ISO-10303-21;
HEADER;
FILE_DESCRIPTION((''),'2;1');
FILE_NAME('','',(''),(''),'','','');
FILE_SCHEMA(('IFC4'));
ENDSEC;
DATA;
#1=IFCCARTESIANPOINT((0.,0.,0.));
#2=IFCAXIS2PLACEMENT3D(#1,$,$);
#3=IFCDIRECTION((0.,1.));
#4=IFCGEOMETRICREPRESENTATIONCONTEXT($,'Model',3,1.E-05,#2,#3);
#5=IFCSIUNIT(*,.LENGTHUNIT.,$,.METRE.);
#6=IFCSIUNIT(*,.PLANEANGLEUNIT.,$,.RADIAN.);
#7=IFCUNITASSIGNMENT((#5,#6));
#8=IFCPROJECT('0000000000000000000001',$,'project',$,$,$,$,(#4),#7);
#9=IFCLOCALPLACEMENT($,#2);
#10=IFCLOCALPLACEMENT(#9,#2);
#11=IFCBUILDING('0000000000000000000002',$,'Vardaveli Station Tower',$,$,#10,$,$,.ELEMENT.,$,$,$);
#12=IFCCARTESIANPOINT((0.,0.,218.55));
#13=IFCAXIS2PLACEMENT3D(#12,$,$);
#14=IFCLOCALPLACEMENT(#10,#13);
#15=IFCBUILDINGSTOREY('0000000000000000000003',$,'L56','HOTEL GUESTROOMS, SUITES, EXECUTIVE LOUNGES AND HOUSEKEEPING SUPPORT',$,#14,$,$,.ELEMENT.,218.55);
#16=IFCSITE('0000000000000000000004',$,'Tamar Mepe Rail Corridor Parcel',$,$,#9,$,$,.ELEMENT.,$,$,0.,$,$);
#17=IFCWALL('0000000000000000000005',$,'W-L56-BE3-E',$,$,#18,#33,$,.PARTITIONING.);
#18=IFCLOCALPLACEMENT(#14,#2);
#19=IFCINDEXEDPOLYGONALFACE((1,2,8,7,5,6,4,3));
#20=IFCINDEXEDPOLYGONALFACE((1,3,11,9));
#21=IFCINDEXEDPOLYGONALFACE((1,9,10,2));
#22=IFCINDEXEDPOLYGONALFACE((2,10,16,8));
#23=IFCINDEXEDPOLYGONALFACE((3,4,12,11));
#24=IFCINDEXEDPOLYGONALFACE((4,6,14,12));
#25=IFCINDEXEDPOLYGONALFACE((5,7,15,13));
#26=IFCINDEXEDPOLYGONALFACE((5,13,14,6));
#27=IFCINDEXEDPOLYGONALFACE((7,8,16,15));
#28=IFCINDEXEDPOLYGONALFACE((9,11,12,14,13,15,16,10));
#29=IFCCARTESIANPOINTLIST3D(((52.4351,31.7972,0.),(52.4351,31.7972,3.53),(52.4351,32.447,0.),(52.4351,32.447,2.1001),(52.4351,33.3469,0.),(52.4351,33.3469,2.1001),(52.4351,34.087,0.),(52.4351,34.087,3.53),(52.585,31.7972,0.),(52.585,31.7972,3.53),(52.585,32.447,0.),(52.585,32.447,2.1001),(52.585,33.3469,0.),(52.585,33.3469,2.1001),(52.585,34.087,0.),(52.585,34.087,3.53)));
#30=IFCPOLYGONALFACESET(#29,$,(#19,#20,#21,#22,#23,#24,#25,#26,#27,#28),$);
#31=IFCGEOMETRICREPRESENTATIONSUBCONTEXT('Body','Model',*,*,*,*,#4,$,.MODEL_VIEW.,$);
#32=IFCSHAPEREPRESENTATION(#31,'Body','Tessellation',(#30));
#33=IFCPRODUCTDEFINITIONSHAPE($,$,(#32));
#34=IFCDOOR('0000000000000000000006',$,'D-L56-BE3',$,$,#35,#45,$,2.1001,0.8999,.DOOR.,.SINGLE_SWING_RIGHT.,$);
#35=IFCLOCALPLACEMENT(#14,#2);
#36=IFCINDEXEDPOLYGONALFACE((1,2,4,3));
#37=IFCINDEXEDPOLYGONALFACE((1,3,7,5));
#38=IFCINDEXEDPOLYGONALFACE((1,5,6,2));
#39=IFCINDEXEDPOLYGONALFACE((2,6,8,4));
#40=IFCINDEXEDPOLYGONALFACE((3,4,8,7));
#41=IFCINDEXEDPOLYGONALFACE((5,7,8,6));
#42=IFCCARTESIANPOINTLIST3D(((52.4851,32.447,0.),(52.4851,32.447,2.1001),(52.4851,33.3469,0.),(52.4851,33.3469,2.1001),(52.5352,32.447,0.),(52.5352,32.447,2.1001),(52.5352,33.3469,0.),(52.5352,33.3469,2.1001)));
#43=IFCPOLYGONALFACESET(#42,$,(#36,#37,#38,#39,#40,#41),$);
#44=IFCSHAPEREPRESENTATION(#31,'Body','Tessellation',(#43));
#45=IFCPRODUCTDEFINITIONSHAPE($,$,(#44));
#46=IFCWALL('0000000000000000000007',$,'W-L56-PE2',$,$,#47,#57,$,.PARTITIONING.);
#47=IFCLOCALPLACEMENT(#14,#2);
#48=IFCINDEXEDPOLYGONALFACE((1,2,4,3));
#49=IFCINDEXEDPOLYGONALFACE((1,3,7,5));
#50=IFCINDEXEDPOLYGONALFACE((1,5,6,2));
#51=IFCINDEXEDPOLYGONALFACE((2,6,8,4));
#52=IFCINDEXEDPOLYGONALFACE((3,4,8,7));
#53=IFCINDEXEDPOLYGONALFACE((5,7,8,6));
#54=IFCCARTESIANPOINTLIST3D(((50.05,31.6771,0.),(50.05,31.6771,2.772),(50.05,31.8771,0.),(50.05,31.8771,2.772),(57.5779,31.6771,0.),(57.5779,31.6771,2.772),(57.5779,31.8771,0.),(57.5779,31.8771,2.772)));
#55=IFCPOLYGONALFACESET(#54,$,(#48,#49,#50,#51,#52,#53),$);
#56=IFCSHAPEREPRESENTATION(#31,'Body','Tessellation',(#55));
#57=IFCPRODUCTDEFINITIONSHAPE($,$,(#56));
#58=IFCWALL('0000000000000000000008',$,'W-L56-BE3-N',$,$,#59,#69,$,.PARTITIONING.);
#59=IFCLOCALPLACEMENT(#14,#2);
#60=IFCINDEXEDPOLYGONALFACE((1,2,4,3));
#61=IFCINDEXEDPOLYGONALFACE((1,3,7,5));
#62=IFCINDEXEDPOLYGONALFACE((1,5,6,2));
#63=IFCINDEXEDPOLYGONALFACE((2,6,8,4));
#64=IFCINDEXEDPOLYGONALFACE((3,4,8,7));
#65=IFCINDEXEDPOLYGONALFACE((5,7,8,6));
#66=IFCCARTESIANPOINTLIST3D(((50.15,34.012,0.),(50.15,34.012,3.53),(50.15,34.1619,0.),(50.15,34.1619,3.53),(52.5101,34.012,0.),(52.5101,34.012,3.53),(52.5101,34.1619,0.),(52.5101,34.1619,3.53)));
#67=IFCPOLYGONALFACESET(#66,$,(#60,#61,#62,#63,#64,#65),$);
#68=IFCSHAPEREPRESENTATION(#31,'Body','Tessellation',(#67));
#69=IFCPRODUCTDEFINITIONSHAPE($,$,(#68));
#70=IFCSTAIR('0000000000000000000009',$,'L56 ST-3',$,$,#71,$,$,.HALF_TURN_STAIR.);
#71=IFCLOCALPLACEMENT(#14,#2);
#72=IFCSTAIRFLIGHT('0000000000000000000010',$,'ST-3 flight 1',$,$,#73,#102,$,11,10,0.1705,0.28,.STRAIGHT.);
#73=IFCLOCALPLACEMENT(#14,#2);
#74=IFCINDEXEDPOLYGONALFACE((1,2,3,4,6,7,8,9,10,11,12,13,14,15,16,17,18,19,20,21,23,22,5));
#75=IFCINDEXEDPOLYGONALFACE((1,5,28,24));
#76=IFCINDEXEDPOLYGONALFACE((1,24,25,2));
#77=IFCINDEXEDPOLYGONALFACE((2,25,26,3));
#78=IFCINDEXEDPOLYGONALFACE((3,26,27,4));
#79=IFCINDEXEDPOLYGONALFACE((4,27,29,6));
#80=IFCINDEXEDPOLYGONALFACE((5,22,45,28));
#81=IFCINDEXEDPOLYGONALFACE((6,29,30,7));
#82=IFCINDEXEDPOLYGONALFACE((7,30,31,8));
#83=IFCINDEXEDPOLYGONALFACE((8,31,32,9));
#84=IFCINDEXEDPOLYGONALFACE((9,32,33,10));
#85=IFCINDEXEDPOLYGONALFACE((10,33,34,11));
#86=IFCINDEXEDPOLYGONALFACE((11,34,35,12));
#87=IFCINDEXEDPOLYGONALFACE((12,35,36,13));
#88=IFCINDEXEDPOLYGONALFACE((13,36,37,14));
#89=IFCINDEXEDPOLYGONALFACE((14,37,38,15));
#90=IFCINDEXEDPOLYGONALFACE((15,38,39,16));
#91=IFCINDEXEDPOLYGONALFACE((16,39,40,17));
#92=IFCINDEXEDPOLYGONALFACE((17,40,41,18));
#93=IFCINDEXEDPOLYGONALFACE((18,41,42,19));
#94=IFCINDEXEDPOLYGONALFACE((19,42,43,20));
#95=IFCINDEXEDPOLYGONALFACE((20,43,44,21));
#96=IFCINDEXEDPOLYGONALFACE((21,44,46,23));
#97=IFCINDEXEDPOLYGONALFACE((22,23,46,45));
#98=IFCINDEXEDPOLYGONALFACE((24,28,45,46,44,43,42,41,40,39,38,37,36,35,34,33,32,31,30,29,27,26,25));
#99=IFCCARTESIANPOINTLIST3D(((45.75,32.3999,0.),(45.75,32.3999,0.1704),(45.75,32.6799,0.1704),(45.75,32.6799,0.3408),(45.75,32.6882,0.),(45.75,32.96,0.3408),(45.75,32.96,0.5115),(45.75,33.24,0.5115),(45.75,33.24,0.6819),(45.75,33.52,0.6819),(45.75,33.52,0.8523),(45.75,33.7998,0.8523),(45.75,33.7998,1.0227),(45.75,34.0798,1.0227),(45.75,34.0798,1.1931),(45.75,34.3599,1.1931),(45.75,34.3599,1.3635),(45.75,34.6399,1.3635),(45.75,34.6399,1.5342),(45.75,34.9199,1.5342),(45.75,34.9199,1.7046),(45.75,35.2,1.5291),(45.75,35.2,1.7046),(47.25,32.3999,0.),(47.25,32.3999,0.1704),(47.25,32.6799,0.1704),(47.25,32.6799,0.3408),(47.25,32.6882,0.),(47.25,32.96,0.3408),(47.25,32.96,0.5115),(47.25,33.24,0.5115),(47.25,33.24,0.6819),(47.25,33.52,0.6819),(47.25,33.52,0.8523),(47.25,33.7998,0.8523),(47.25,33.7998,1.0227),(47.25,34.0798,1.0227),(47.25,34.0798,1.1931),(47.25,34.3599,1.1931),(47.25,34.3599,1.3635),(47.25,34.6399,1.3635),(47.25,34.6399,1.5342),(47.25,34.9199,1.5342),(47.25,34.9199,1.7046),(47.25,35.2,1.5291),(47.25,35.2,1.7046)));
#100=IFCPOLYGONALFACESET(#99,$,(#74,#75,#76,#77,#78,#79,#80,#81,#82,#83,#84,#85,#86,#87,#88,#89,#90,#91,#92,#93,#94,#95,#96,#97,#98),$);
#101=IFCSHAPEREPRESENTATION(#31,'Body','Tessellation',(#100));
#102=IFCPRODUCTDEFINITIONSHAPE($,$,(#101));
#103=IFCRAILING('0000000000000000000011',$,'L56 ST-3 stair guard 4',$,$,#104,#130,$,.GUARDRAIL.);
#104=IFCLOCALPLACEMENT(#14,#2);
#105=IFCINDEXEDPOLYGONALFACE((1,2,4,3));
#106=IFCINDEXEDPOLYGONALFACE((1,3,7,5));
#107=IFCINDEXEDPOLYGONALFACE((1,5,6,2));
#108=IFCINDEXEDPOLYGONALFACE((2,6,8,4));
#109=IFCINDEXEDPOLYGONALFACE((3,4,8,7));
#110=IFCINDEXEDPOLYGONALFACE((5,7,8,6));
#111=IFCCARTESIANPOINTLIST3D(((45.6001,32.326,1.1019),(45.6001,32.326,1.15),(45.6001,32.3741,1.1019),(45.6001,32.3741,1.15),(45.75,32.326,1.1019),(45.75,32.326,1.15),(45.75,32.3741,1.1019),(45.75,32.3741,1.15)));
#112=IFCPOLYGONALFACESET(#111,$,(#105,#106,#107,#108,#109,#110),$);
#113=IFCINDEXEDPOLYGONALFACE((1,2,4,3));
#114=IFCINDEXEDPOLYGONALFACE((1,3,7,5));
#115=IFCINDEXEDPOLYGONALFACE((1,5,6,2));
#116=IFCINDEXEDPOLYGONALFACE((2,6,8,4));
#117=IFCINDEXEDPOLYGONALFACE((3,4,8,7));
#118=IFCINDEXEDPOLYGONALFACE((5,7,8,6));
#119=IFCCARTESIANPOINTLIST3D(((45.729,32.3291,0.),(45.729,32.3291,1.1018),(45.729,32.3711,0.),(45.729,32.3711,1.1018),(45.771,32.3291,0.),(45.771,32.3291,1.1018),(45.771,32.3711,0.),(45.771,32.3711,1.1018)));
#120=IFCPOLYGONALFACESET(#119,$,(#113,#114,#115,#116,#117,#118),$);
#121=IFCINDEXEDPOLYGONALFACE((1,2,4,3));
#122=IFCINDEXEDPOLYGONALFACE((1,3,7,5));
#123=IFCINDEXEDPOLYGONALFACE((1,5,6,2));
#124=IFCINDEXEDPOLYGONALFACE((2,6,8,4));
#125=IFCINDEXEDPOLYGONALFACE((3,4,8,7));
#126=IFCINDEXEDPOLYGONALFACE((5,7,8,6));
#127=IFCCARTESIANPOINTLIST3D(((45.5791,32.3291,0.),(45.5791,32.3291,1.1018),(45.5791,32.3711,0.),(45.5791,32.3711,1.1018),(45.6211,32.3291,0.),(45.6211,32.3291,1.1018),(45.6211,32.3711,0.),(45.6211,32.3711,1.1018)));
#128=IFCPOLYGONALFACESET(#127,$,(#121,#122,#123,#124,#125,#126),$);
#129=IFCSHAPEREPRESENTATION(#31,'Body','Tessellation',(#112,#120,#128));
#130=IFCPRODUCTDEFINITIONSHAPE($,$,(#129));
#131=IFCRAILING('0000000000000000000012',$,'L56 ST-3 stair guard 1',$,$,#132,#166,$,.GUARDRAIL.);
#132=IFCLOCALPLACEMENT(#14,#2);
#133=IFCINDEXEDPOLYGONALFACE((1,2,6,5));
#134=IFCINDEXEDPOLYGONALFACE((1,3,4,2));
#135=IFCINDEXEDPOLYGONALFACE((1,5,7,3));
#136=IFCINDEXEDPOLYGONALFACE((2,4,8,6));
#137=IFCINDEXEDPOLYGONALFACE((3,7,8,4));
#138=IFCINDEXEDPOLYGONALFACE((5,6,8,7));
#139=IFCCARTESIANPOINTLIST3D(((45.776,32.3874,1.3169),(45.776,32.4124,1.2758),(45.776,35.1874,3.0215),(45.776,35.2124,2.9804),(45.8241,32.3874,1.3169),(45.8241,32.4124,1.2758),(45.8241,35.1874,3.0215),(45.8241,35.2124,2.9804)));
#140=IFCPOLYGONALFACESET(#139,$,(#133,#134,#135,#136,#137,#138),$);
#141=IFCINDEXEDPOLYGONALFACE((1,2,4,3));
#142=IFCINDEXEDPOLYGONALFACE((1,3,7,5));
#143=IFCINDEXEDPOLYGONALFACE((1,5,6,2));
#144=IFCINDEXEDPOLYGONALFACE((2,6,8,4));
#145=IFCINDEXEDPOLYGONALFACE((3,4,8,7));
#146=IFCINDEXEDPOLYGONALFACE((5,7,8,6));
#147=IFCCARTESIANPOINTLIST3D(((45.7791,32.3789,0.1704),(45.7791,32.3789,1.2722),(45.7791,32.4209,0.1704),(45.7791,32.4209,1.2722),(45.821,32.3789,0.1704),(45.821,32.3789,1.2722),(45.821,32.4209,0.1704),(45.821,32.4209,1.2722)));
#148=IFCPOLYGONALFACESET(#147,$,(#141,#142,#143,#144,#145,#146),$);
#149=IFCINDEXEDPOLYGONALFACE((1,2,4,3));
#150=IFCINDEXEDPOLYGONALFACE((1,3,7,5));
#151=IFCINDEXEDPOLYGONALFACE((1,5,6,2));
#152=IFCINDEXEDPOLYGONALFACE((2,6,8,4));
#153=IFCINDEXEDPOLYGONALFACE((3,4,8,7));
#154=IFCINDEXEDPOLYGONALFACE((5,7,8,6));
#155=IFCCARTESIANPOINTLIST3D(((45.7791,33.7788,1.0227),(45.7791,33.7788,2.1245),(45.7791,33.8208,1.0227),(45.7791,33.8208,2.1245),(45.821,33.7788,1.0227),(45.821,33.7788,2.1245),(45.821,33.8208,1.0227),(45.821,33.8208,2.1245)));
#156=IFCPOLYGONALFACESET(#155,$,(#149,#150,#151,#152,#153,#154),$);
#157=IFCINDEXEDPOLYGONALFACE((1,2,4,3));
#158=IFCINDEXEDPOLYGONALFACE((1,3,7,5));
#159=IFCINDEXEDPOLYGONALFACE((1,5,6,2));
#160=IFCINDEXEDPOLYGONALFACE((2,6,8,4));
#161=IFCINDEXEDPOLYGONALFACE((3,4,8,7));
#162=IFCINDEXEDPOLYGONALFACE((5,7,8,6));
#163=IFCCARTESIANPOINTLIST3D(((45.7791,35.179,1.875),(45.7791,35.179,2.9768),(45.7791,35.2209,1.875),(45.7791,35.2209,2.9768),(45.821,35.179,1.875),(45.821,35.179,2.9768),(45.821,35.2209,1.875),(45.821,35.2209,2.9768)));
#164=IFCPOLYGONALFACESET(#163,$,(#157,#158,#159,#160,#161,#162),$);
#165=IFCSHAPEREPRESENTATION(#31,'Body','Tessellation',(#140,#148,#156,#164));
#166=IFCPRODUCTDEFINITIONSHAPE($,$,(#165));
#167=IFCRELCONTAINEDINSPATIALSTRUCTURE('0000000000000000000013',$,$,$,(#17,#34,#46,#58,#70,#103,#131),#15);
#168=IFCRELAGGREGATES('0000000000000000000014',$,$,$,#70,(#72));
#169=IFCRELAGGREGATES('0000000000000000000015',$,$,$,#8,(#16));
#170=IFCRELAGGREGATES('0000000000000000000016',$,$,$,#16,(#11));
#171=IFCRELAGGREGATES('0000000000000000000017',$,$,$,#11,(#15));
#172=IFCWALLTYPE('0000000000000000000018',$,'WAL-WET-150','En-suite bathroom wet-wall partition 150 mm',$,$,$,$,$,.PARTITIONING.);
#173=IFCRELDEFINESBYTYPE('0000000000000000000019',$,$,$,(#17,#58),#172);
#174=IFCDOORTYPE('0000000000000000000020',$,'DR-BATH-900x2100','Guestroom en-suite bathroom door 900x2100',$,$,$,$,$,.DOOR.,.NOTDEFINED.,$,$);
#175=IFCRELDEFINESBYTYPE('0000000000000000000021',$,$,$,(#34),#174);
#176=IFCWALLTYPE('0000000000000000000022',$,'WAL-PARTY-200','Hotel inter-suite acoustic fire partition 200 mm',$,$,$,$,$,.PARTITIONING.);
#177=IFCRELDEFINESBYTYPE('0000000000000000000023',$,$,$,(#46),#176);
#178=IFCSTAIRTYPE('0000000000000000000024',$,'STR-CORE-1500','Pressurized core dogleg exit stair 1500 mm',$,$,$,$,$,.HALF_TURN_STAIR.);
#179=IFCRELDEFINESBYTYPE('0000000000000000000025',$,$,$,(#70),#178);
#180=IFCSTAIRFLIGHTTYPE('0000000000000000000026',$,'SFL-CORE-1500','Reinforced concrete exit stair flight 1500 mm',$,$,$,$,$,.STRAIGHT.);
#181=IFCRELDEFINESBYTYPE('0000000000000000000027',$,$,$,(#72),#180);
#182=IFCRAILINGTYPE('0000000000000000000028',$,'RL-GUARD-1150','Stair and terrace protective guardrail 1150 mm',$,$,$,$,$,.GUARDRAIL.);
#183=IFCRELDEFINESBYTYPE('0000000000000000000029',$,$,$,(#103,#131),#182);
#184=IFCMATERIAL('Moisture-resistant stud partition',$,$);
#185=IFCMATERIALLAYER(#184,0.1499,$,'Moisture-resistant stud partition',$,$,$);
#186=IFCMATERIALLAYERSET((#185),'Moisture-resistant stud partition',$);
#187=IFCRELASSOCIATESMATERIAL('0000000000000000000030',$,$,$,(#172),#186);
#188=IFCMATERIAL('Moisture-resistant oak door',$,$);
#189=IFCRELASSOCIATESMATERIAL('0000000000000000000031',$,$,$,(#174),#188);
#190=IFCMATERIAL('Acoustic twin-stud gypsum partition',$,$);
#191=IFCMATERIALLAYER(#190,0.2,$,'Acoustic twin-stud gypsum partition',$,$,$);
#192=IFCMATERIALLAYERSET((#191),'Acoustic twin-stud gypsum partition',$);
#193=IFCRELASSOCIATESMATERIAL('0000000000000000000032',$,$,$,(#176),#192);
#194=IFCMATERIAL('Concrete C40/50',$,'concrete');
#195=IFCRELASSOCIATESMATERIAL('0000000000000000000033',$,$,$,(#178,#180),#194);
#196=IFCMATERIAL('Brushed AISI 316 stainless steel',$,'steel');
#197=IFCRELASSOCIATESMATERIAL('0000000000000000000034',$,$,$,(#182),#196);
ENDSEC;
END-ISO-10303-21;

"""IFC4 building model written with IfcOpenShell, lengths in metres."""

from ifc_helpers import new_model, si_unit, direction, frame, frame_2d, origin, origin_2d, place, context, subcontext, project, spatial, polyline, rectangle, outline, extrude, source, transform, mapped, material, layer, layer_set, type_object, element, fill, aggregate, save


model = new_model("IFC4")

# Units and contexts
model_context = context("Model", 3, precision=1e-05, world=origin(), true_north=direction((0.0, 1.0)))
body_context = subcontext(model_context, "Body", "Model", "MODEL_VIEW")
ifc_project = project(units=[si_unit("LENGTHUNIT", "METRE"), si_unit("PLANEANGLEUNIT", "RADIAN")], contexts=[model_context])

# Site, building, storey
site_placement = place(None, origin())
site = spatial("IfcSite", under=ifc_project, at=site_placement, Name="Tamar Mepe Rail Corridor Parcel", CompositionType="ELEMENT", RefElevation=0.0)
building_placement = place(site_placement, origin())
building = spatial("IfcBuilding", under=site, at=building_placement, Name="Vardaveli Station Tower", CompositionType="ELEMENT")
storey_placement = place(building_placement, frame((0.0, 0.0, 218.55)))
storey = spatial("IfcBuildingStorey", under=building, at=storey_placement, Name="L56", Description="HOTEL GUESTROOMS, SUITES, EXECUTIVE LOUNGES AND HOUSEKEEPING SUPPORT", CompositionType="ELEMENT", Elevation=218.55)

# Shared definitions
ifc_material_1 = material(Name="Concrete C40/50", Category="concrete")

# Wall, opening, door
ifc_material_2 = material(Name="Moisture-resistant stud partition")
ifc_layer_1 = layer(ifc_material_2, 0.1499, Name="Moisture-resistant stud partition")
ifc_layer_set_1 = layer_set([ifc_layer_1], Name="Moisture-resistant stud partition")
wall_type_1 = type_object("IfcWallType", Name="WAL-WET-150", Description="En-suite bathroom wet-wall partition 150 mm", PredefinedType="PARTITIONING", material=ifc_layer_set_1)
shared_shape_1 = source(origin(), body_context, "Body", "SweptSolid", [
    extrude(rectangle(XDim=2.2898, YDim=0.1499, at=frame_2d((1.145, 0.0))), origin(), (0.0, 0.0, 1.0), 3.53),
])
wall_1_placement = place(storey_placement, frame((52.51, 31.7971, 0.0), z_axis=(0.0, 0.0, 1.0), x_axis=(0.0, 1.0, 0.0)))
wall_1 = element("IfcWall", 1, at=wall_1_placement, inside=storey, type_object=wall_type_1, Name="W-L56-BE3-E", PredefinedType="PARTITIONING", context=body_context, shape_type="MappedRepresentation", body=[
    mapped(shared_shape_1, transform((0.0, 0.0, 0.0), scale=1.0)),
])
shared_shape_2 = source(origin(), body_context, "Body", "SweptSolid", [
    extrude(rectangle(XDim=0.8999, YDim=2.1001, at=frame_2d((0.45, 1.05))), frame((0.0, 0.085, 0.0), z_axis=(0.0, -1.0, 0.0), x_axis=(1.0, 0.0, 0.0)), (0.0, 0.0, 1.0), 0.1699),
])
opening_1_placement = place(wall_1_placement, frame((0.6499, 0.0, 0.0)))
opening_1 = element("IfcOpeningElement", 2, at=opening_1_placement, cuts=wall_1, PredefinedType="OPENING", context=body_context, shape_type="MappedRepresentation", body=[
    mapped(shared_shape_2, transform((0.0, 0.0, 0.0), scale=1.0)),
])
ifc_material_3 = material(Name="Moisture-resistant oak door")
door_type_1 = type_object("IfcDoorType", Name="DR-BATH-900x2100", Description="Guestroom en-suite bathroom door 900x2100", OperationType="NOTDEFINED", PredefinedType="DOOR", material=ifc_material_3)
shared_shape_3 = source(origin(), body_context, "Body", "SweptSolid", [
    extrude(rectangle(XDim=0.8999, YDim=2.1001, at=frame_2d((0.45, 1.05))), frame((0.0, 0.0249, 0.0), z_axis=(0.0, -1.0, 0.0), x_axis=(1.0, 0.0, 0.0)), (0.0, 0.0, 1.0), 0.05),
])
door_1_placement = place(opening_1_placement, origin())
door_1 = element("IfcDoor", 3, at=door_1_placement, inside=storey, type_object=door_type_1, Name="D-L56-BE3", OperationType="SINGLE_SWING_RIGHT", OverallHeight=2.1001, OverallWidth=0.8999, PredefinedType="DOOR", context=body_context, shape_type="MappedRepresentation", body=[
    mapped(shared_shape_3, transform((0.0, 0.0, 0.0), scale=1.0)),
])
fill(opening_1, door_1)

# Walls
ifc_material_4 = material(Name="Acoustic twin-stud gypsum partition")
ifc_layer_2 = layer(ifc_material_4, 0.2, Name="Acoustic twin-stud gypsum partition")
ifc_layer_set_2 = layer_set([ifc_layer_2], Name="Acoustic twin-stud gypsum partition")
wall_type_2 = type_object("IfcWallType", Name="WAL-PARTY-200", Description="Hotel inter-suite acoustic fire partition 200 mm", PredefinedType="PARTITIONING", material=ifc_layer_set_2)
shared_shape_4 = source(origin(), body_context, "Body", "SweptSolid", [
    extrude(rectangle(XDim=7.5278, YDim=0.2, at=frame_2d((3.7639, 0.0))), origin(), (0.0, 0.0, 1.0), 2.772),
])
wall_2_placement = place(storey_placement, frame((50.05, 31.7771, 0.0), z_axis=(0.0, 0.0, 1.0), x_axis=(1.0, 0.0, 0.0)))
element("IfcWall", 4, at=wall_2_placement, inside=storey, type_object=wall_type_2, Name="W-L56-PE2", PredefinedType="PARTITIONING", context=body_context, shape_type="MappedRepresentation", body=[
    mapped(shared_shape_4, transform((0.0, 0.0, 0.0), scale=1.0)),
])
shared_shape_5 = source(origin(), body_context, "Body", "SweptSolid", [
    extrude(rectangle(XDim=2.3601, YDim=0.1499, at=frame_2d((1.1802, 0.0))), origin(), (0.0, 0.0, 1.0), 3.53),
])
wall_3_placement = place(storey_placement, frame((50.1499, 34.0869, 0.0), z_axis=(0.0, 0.0, 1.0), x_axis=(1.0, 0.0, 0.0)))
element("IfcWall", 5, at=wall_3_placement, inside=storey, type_object=wall_type_1, Name="W-L56-BE3-N", PredefinedType="PARTITIONING", context=body_context, shape_type="MappedRepresentation", body=[
    mapped(shared_shape_5, transform((0.0, 0.0, 0.0), scale=1.0)),
])

# Stair, stair flight
stair_type = type_object("IfcStairType", Name="STR-CORE-1500", Description="Pressurized core dogleg exit stair 1500 mm", PredefinedType="HALF_TURN_STAIR", material=ifc_material_1)
stair_placement = place(storey_placement, origin())
stair = element("IfcStair", 6, at=stair_placement, inside=storey, type_object=stair_type, Name="L56 ST-3", PredefinedType="HALF_TURN_STAIR")
stair_flight_type = type_object("IfcStairFlightType", Name="SFL-CORE-1500", Description="Reinforced concrete exit stair flight 1500 mm", PredefinedType="STRAIGHT", material=ifc_material_1)
shared_shape_6 = source(origin(), body_context, "Body", "SweptSolid", [
    extrude(outline(polyline([(0.0, 0.0), (0.0, 0.1704), (0.28, 0.1704), (0.28, 0.3408), (0.5601, 0.3408), (0.5601, 0.5115), (0.8401, 0.5115), (0.8401, 0.6819), (1.1201, 0.6819), (1.1201, 0.8523), (1.3999, 0.8523), (1.3999, 1.0227), (1.6799, 1.0227), (1.6799, 1.1931), (1.96, 1.1931), (1.96, 1.3635), (2.24, 1.3635), (2.24, 1.5342), (2.52, 1.5342), (2.52, 1.7046), (2.8, 1.7046), (2.8, 1.875), (2.8, 1.5291), (0.2883, 0.0), (0.0, 0.0)])), frame((0.0, 0.75, 0.0), z_axis=(0.0, -1.0, 0.0), x_axis=(1.0, 0.0, 0.0)), (0.0, 0.0, 1.0), 1.5),
])
stair_flight_placement = place(storey_placement, frame((46.5, 32.3999, 0.0), z_axis=(0.0, 0.0, 1.0), x_axis=(0.0, 1.0, 0.0)))
stair_flight = element("IfcStairFlight", 7, at=stair_flight_placement, type_object=stair_flight_type, Name="ST-3 flight 1", NumberOfRisers=11, NumberOfTreads=10, PredefinedType="STRAIGHT", RiserHeight=0.1705, TreadLength=0.28, context=body_context, shape_type="MappedRepresentation", body=[
    mapped(shared_shape_6, transform((0.0, 0.0, 0.0), scale=1.0)),
])
aggregate(stair, [stair_flight])

# Railings
ifc_material_5 = material(Name="Brushed AISI 316 stainless steel", Category="steel")
railing_type_1 = type_object("IfcRailingType", Name="RL-GUARD-1150", Description="Stair and terrace protective guardrail 1150 mm", PredefinedType="GUARDRAIL", material=ifc_material_5)
shared_shape_7 = source(origin(), body_context, "Body", "SweptSolid", [
    extrude(rectangle(XDim=0.0481, YDim=0.0481, at=origin_2d()), frame((0.0, 0.0, 1.126), z_axis=(-1.0, 0.0, 0.0), x_axis=(0.0, -1.0, 0.0)), (0.0, 0.0, 1.0), 0.1499),
    extrude(rectangle(XDim=0.042, YDim=0.042, at=origin_2d()), origin(), (0.0, 0.0, 1.0), 1.1018),
    extrude(rectangle(XDim=0.042, YDim=0.042, at=origin_2d()), frame((-0.1499, 0.0, 0.0)), (0.0, 0.0, 1.0), 1.1018),
])
railing_1_placement = place(storey_placement, frame((45.75, 32.3501, 0.0)))
element("IfcRailing", 8, at=railing_1_placement, inside=storey, type_object=railing_type_1, Name="L56 ST-3 stair guard 4", PredefinedType="GUARDRAIL", context=body_context, shape_type="MappedRepresentation", body=[
    mapped(shared_shape_7, transform((0.0, 0.0, 0.0), scale=1.0)),
])
shared_shape_8 = source(origin(), body_context, "Body", "SweptSolid", [
    extrude(rectangle(XDim=0.0481, YDim=0.0481, at=origin_2d()), frame((0.0, 0.0, 1.126), z_axis=(0.0, 0.85417, 0.519994), x_axis=(-1.0, 0.0, 0.0)), (0.0, 0.0, 1.0), 3.2781),
    extrude(rectangle(XDim=0.042, YDim=0.042, at=origin_2d()), origin(), (0.0, 0.0, 1.0), 1.1018),
    extrude(rectangle(XDim=0.042, YDim=0.042, at=origin_2d()), frame((0.0, 1.3999, 0.8523)), (0.0, 0.0, 1.0), 1.1018),
    extrude(rectangle(XDim=0.042, YDim=0.042, at=origin_2d()), frame((0.0, 2.8, 1.7046)), (0.0, 0.0, 1.0), 1.1018),
])
railing_2_placement = place(storey_placement, frame((45.8, 32.3999, 0.1704)))
element("IfcRailing", 9, at=railing_2_placement, inside=storey, type_object=railing_type_1, Name="L56 ST-3 stair guard 1", PredefinedType="GUARDRAIL", context=body_context, shape_type="MappedRepresentation", body=[
    mapped(shared_shape_8, transform((0.0, 0.0, 0.0), scale=1.0)),
])

save(model, "model.ifc")
